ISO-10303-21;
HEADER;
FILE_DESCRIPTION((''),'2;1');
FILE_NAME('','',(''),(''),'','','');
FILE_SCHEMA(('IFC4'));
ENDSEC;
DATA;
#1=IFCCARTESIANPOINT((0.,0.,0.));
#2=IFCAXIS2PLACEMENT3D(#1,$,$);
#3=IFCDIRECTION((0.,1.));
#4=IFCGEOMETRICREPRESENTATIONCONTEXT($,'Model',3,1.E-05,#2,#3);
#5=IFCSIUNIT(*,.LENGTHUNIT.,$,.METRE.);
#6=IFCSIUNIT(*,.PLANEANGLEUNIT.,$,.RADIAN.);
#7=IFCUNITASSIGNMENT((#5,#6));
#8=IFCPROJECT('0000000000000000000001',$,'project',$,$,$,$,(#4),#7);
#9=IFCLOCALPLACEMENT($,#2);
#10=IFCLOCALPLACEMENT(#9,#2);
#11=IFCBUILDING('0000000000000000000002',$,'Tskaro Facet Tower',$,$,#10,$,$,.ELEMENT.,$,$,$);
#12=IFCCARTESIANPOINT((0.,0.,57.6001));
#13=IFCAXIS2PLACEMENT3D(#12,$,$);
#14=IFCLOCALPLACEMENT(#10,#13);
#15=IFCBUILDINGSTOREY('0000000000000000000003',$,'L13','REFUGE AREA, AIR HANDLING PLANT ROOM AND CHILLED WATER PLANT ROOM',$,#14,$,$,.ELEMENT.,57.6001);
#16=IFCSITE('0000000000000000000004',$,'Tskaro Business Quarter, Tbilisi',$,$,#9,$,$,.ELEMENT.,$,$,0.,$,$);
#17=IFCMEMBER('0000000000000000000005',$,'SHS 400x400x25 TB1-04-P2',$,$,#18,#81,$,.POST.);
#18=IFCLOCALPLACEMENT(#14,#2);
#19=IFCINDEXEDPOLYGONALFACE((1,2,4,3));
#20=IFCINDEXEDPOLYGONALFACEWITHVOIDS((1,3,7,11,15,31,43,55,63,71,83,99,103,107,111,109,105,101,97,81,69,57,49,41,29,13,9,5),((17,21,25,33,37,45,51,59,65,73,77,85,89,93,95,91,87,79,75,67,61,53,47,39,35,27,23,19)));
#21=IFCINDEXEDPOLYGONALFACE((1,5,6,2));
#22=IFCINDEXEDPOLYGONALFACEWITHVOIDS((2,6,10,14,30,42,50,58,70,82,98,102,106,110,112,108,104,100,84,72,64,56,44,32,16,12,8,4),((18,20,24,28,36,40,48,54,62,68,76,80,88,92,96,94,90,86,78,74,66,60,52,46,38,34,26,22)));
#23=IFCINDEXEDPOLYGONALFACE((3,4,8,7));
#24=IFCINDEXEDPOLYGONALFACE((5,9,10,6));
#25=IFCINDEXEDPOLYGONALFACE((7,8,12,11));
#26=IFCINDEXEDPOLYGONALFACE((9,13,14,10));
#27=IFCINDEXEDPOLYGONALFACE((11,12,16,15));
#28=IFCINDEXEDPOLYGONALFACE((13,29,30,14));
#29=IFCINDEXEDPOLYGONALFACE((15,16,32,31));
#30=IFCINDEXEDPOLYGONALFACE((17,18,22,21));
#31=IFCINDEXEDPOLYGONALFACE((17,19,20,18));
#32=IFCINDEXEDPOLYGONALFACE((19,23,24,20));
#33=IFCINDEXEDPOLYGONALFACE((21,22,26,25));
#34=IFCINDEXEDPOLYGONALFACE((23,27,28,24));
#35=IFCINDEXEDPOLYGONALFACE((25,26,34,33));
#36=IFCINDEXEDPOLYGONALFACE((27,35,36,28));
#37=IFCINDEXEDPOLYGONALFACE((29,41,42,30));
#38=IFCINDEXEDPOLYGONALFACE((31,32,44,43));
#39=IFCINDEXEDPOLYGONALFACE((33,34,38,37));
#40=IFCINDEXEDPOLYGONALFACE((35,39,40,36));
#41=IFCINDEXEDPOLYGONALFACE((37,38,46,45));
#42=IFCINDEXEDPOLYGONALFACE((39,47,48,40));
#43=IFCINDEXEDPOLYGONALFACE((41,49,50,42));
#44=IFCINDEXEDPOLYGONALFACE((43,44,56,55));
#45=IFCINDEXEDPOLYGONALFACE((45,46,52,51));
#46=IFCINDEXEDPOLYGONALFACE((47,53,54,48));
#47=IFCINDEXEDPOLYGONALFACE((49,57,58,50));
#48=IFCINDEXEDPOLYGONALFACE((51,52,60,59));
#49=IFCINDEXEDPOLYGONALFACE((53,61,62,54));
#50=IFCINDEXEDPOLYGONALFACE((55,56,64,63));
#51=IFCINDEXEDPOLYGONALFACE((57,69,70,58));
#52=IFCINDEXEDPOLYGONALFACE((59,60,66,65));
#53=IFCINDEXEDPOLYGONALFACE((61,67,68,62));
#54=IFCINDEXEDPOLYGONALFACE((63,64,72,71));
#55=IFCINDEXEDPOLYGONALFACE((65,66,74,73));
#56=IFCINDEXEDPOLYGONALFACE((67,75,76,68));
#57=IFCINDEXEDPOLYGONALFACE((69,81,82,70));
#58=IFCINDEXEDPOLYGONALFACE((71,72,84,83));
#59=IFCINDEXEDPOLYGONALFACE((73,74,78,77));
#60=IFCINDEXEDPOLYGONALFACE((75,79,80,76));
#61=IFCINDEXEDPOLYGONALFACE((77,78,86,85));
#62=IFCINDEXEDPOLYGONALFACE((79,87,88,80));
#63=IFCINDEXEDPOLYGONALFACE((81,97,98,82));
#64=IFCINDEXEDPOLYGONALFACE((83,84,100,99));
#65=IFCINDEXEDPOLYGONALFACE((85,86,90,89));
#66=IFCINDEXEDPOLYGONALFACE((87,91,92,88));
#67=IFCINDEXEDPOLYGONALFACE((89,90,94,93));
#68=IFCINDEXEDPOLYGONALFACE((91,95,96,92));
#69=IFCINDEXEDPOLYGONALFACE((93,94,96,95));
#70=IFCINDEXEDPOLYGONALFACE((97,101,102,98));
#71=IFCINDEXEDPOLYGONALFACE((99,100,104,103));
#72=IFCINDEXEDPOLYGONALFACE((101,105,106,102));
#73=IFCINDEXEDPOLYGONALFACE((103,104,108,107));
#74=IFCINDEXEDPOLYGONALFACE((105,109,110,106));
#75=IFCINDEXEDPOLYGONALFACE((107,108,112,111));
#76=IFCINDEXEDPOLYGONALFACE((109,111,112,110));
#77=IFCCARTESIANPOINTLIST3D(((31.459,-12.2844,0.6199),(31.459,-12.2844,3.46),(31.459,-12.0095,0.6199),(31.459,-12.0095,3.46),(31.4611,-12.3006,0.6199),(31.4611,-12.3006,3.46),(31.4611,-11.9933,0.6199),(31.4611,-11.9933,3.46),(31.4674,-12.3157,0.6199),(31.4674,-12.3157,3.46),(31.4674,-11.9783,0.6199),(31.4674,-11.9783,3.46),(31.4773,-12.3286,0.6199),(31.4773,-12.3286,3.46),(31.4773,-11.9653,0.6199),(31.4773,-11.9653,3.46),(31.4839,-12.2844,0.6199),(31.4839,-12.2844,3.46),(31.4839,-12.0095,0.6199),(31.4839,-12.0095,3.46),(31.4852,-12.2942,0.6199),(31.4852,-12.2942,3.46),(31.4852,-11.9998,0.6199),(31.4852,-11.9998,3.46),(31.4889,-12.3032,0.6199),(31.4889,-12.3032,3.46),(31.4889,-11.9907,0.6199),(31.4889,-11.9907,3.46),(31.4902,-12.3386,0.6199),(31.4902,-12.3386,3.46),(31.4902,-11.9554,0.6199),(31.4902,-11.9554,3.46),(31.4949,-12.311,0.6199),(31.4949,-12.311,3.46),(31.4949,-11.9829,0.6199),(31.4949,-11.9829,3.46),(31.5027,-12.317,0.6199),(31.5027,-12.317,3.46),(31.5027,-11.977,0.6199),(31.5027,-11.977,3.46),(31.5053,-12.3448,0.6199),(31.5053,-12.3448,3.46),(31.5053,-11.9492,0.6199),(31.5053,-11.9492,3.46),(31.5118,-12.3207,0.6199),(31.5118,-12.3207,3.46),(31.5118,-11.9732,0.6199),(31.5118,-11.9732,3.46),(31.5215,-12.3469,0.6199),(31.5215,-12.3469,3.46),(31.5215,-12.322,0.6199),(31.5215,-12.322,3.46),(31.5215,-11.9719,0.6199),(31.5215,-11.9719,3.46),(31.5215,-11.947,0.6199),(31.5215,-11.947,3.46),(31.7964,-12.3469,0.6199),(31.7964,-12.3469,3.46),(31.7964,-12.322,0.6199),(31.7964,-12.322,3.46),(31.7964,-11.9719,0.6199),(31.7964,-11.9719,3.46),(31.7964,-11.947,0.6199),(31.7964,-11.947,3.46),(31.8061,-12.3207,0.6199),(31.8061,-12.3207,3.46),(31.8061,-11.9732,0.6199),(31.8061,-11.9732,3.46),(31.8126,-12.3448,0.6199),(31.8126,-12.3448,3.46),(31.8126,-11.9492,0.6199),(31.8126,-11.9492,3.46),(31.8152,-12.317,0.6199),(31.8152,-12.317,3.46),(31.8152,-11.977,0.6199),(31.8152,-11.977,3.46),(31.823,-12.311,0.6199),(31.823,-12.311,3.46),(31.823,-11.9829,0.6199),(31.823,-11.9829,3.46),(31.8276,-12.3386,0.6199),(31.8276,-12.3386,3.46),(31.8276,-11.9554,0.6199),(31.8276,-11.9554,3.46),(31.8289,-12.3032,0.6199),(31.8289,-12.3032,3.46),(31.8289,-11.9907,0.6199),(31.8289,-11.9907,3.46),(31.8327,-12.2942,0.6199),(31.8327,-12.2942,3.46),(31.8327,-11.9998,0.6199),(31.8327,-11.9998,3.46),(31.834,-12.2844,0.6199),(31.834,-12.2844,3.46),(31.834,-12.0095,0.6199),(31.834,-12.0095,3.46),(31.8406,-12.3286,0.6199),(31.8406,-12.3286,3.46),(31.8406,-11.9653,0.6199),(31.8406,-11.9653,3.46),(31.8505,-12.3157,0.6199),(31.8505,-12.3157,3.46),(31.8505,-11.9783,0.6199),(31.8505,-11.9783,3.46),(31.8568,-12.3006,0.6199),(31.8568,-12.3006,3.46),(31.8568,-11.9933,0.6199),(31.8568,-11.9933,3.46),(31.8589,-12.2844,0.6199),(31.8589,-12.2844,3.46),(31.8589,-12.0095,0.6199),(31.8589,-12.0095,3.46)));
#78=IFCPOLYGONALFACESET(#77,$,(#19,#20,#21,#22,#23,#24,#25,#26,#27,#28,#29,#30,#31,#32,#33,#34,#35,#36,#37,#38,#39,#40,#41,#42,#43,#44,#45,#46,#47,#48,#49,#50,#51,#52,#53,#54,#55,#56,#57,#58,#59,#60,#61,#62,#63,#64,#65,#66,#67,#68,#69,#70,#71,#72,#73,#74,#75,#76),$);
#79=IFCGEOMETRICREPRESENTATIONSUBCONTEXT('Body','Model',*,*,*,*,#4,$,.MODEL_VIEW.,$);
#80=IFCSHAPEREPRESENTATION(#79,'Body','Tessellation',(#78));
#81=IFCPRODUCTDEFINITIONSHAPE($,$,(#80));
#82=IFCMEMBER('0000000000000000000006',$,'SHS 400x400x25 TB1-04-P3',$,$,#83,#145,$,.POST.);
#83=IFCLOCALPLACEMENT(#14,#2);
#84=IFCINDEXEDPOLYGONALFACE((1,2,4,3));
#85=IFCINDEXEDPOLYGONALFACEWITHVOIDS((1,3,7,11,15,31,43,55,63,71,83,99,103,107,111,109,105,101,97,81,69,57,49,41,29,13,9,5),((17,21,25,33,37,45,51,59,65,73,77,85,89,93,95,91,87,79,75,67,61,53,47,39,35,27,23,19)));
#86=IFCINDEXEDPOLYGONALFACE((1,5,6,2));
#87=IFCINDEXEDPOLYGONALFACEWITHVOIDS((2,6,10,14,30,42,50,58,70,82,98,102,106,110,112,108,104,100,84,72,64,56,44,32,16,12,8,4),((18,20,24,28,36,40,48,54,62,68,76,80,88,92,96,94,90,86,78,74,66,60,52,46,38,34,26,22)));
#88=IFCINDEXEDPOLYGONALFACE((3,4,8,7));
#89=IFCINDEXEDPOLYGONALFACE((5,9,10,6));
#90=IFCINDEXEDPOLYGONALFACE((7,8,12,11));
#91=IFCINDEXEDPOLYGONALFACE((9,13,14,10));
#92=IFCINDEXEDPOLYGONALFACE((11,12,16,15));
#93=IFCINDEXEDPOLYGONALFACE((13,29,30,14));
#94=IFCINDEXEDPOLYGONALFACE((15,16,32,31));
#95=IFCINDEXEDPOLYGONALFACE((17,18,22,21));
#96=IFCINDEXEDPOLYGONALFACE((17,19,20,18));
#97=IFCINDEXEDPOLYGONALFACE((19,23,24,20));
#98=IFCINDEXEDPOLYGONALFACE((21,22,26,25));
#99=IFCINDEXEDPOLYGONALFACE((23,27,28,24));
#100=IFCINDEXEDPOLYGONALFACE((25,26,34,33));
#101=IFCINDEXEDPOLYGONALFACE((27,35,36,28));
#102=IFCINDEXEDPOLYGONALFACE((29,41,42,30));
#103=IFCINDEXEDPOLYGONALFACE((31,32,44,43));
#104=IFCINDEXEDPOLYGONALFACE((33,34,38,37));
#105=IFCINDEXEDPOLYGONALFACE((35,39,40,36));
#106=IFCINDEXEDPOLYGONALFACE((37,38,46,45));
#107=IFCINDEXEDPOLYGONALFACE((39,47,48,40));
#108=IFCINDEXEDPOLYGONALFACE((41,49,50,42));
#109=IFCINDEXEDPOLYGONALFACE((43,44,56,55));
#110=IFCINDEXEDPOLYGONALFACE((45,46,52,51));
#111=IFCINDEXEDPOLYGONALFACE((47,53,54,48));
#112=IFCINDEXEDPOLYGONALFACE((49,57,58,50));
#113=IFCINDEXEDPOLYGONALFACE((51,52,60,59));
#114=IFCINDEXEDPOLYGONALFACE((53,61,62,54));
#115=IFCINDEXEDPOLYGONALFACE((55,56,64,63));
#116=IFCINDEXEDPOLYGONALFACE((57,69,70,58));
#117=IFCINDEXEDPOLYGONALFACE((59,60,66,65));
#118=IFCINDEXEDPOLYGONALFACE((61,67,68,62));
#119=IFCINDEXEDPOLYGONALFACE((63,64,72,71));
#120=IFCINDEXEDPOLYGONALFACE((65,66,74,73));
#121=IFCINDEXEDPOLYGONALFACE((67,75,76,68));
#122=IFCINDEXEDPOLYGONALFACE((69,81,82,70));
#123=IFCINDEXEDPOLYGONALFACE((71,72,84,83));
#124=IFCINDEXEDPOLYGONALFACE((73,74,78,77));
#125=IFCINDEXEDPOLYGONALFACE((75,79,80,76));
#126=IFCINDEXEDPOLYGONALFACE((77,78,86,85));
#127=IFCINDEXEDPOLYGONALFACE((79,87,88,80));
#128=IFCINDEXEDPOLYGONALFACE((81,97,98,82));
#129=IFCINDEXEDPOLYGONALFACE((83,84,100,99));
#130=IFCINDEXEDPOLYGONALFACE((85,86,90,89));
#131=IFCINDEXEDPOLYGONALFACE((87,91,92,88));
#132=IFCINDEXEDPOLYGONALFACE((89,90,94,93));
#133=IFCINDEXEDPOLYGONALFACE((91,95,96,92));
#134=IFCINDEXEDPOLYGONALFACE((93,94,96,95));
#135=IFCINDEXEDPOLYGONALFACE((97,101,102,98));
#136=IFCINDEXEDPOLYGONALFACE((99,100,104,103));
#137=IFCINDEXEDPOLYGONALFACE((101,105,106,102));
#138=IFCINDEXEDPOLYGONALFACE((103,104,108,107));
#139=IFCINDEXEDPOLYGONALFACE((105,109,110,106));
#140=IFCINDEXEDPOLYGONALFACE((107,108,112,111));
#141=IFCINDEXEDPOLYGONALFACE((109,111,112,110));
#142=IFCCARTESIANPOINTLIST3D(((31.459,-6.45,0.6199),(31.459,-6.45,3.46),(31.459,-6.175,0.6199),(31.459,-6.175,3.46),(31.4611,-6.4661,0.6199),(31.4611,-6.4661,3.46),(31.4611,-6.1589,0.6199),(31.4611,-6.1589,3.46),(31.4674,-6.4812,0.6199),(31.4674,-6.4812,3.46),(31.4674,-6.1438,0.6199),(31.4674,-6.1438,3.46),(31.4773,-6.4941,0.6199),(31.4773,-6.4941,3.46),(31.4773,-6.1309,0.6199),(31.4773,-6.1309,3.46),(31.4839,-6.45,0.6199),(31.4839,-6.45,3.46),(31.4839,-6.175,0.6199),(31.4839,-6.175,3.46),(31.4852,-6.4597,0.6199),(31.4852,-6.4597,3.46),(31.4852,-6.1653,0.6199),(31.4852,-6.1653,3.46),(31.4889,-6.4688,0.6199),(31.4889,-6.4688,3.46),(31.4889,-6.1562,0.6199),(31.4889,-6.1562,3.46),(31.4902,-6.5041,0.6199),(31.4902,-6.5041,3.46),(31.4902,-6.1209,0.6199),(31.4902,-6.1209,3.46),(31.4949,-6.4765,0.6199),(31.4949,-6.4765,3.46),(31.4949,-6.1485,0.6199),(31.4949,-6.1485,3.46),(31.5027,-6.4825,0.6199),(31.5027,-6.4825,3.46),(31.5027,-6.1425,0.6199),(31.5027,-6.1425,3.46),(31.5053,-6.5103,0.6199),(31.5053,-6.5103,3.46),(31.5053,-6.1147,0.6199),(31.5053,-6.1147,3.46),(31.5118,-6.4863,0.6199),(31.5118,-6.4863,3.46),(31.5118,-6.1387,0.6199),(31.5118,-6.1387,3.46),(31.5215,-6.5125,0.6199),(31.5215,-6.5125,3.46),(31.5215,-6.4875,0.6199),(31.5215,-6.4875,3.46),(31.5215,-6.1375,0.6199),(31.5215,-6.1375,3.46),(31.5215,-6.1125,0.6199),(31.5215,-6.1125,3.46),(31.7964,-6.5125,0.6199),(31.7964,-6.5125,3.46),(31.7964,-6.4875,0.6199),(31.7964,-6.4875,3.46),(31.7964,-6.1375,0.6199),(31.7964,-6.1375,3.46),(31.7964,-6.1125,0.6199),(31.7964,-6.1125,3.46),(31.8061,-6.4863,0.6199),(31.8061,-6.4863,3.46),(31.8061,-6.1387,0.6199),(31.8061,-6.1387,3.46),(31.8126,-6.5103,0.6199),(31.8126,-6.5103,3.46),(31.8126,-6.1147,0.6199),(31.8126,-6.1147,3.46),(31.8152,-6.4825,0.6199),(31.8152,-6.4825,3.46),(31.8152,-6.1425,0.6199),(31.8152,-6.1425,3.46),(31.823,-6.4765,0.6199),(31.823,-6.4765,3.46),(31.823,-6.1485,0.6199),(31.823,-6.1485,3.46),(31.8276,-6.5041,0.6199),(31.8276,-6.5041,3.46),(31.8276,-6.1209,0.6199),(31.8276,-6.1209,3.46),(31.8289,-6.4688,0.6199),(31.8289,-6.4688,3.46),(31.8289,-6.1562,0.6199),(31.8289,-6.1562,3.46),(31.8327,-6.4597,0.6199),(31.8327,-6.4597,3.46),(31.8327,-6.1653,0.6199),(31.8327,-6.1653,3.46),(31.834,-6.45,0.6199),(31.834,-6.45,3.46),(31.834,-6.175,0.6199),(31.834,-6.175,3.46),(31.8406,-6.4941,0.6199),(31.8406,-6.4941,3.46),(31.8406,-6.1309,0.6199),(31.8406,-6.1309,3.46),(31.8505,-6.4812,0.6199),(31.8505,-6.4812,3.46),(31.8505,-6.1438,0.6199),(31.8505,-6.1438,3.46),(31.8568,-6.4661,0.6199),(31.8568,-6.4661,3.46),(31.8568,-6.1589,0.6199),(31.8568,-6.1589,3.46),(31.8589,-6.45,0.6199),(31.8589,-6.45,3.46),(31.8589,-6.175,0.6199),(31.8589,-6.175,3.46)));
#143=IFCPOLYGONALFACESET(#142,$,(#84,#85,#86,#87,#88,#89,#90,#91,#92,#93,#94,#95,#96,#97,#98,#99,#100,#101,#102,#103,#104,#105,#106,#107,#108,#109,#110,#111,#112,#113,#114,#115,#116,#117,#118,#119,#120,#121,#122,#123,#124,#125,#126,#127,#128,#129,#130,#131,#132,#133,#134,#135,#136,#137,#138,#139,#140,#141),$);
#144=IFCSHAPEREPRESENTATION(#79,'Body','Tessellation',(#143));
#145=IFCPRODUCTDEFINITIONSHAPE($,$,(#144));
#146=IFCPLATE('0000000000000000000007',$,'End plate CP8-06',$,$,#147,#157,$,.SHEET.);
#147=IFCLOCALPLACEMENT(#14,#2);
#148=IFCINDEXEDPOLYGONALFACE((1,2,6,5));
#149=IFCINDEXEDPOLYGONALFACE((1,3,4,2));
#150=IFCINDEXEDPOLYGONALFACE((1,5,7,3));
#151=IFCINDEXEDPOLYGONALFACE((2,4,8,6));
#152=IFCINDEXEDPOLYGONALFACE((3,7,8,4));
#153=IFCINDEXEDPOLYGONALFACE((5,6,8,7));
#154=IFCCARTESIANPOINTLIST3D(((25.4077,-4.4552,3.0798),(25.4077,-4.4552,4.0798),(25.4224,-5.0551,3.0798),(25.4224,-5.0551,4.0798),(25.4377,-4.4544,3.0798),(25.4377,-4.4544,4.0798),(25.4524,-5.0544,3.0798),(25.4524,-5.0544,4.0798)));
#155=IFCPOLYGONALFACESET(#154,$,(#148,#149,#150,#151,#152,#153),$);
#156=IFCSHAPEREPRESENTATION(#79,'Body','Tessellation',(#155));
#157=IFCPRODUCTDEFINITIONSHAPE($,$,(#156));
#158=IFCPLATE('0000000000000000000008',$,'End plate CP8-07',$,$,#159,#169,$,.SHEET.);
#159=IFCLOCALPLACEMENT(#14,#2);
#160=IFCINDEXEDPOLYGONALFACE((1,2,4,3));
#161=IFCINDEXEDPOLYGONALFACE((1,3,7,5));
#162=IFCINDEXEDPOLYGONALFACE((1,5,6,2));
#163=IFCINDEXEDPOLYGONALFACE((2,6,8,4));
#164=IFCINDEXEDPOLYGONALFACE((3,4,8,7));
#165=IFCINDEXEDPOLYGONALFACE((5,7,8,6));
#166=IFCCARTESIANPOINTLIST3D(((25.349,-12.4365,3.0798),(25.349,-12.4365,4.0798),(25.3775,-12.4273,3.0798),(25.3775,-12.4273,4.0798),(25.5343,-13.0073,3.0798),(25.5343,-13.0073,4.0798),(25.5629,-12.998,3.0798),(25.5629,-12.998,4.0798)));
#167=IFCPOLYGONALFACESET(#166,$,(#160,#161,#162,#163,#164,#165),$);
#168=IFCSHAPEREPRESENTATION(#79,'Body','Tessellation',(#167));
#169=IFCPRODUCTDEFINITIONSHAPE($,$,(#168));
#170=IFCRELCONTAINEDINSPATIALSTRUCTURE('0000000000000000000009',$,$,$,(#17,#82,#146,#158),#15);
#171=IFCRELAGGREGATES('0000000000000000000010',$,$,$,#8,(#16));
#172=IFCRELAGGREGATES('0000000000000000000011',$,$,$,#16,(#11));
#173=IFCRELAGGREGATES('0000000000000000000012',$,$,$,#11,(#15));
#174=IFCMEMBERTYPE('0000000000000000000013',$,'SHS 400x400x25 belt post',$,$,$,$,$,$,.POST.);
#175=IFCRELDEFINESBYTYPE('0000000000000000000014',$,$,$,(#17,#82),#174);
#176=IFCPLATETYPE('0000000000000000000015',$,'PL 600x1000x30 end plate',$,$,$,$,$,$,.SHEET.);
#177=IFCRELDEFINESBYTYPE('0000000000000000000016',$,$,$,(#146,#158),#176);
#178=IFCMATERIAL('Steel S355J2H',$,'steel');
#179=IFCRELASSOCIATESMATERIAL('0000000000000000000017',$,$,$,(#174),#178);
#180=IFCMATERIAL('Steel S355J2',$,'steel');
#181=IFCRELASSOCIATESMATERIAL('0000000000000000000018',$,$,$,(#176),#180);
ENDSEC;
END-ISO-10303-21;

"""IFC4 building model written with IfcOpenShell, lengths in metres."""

from ifc_helpers import new_model, si_unit, direction, frame, origin, origin_2d, place, context, subcontext, project, spatial, rectangle, hollow_rectangle, extrude, material, material_profile, profile_set, type_object, element, save


model = new_model("IFC4")

# Units and contexts
model_context = context("Model", 3, precision=1e-05, world=origin(), true_north=direction((0.0, 1.0)))
body_context = subcontext(model_context, "Body", "Model", "MODEL_VIEW")
ifc_project = project(units=[si_unit("LENGTHUNIT", "METRE"), si_unit("PLANEANGLEUNIT", "RADIAN")], contexts=[model_context])

# Site, building, storey
site_placement = place(None, origin())
site = spatial("IfcSite", under=ifc_project, at=site_placement, Name="Tskaro Business Quarter, Tbilisi", CompositionType="ELEMENT", RefElevation=0.0)
building_placement = place(site_placement, origin())
building = spatial("IfcBuilding", under=site, at=building_placement, Name="Tskaro Facet Tower", CompositionType="ELEMENT")
storey_placement = place(building_placement, frame((0.0, 0.0, 57.6001)))
storey = spatial("IfcBuildingStorey", under=building, at=storey_placement, Name="L13", Description="REFUGE AREA, AIR HANDLING PLANT ROOM AND CHILLED WATER PLANT ROOM", CompositionType="ELEMENT", Elevation=57.6001)

# Shared definitions
ifc_material_1 = material(Name="Steel S355J2H", Category="steel")

# Shared definitions
ifc_material_2 = material(Name="Steel S355J2", Category="steel")

# Members
ifc_material_profile_1 = material_profile(ifc_material_1, hollow_rectangle(XDim=0.3999, YDim=0.3999, WallThickness=0.0249, InnerFilletRadius=0.0376, OuterFilletRadius=0.0625, at=origin_2d()), Name="SHS 400x400x25")
ifc_profile_set_1 = profile_set([ifc_material_profile_1], Name="Steel S355J2H")
member_type_1 = type_object("IfcMemberType", Name="SHS 400x400x25 belt post", PredefinedType="POST", material=ifc_profile_set_1)
for number, where, z_axis, x_axis, name in (
    (1, (31.6589, -12.147, 0.6199), (0.0, 0.0, 1.0), (1.0, 0.0, 0.0), "SHS 400x400x25 TB1-04-P2"),
    (2, (31.6589, -6.3125, 0.6199), (0.0, 0.0, 1.0), (1.0, 0.0, 0.0), "SHS 400x400x25 TB1-04-P3"),
):
    element("IfcMember", number, at=place(storey_placement, frame(where, z_axis=z_axis, x_axis=x_axis)), inside=storey, type_object=member_type_1, Name=name, PredefinedType="POST", context=body_context, shape_type="SweptSolid", body=[
        extrude(hollow_rectangle(XDim=0.3999, YDim=0.3999, WallThickness=0.0249, InnerFilletRadius=0.0376, OuterFilletRadius=0.0625, at=origin_2d()), origin(), (0.0, 0.0, 1.0), 2.8401),
    ])

# Plates
ifc_material_profile_2 = material_profile(ifc_material_2, rectangle(XDim=0.6001, YDim=1.0, at=origin_2d()), Name="PL 600x1000x30 end plate")
ifc_profile_set_2 = profile_set([ifc_material_profile_2], Name="Steel S355J2")
plate_type_1 = type_object("IfcPlateType", Name="PL 600x1000x30 end plate", PredefinedType="SHEET", material=ifc_profile_set_2)
for number, where, z_axis, x_axis, name in (
    (3, (25.415, -4.7551, 3.5798), (0.999703, 0.024383, 0.0), (-0.024383, 0.999703, 0.0), "End plate CP8-06"),
    (4, (25.4417, -12.7219, 3.5798), (0.951094, 0.308902, 0.0), (-0.308902, 0.951094, 0.0), "End plate CP8-07"),
):
    element("IfcPlate", number, at=place(storey_placement, frame(where, z_axis=z_axis, x_axis=x_axis)), inside=storey, type_object=plate_type_1, Name=name, PredefinedType="SHEET", context=body_context, shape_type="SweptSolid", body=[
        extrude(rectangle(XDim=0.6001, YDim=1.0, at=origin_2d()), origin(), (0.0, 0.0, 1.0), 0.03),
    ])

save(model, "model.ifc")
